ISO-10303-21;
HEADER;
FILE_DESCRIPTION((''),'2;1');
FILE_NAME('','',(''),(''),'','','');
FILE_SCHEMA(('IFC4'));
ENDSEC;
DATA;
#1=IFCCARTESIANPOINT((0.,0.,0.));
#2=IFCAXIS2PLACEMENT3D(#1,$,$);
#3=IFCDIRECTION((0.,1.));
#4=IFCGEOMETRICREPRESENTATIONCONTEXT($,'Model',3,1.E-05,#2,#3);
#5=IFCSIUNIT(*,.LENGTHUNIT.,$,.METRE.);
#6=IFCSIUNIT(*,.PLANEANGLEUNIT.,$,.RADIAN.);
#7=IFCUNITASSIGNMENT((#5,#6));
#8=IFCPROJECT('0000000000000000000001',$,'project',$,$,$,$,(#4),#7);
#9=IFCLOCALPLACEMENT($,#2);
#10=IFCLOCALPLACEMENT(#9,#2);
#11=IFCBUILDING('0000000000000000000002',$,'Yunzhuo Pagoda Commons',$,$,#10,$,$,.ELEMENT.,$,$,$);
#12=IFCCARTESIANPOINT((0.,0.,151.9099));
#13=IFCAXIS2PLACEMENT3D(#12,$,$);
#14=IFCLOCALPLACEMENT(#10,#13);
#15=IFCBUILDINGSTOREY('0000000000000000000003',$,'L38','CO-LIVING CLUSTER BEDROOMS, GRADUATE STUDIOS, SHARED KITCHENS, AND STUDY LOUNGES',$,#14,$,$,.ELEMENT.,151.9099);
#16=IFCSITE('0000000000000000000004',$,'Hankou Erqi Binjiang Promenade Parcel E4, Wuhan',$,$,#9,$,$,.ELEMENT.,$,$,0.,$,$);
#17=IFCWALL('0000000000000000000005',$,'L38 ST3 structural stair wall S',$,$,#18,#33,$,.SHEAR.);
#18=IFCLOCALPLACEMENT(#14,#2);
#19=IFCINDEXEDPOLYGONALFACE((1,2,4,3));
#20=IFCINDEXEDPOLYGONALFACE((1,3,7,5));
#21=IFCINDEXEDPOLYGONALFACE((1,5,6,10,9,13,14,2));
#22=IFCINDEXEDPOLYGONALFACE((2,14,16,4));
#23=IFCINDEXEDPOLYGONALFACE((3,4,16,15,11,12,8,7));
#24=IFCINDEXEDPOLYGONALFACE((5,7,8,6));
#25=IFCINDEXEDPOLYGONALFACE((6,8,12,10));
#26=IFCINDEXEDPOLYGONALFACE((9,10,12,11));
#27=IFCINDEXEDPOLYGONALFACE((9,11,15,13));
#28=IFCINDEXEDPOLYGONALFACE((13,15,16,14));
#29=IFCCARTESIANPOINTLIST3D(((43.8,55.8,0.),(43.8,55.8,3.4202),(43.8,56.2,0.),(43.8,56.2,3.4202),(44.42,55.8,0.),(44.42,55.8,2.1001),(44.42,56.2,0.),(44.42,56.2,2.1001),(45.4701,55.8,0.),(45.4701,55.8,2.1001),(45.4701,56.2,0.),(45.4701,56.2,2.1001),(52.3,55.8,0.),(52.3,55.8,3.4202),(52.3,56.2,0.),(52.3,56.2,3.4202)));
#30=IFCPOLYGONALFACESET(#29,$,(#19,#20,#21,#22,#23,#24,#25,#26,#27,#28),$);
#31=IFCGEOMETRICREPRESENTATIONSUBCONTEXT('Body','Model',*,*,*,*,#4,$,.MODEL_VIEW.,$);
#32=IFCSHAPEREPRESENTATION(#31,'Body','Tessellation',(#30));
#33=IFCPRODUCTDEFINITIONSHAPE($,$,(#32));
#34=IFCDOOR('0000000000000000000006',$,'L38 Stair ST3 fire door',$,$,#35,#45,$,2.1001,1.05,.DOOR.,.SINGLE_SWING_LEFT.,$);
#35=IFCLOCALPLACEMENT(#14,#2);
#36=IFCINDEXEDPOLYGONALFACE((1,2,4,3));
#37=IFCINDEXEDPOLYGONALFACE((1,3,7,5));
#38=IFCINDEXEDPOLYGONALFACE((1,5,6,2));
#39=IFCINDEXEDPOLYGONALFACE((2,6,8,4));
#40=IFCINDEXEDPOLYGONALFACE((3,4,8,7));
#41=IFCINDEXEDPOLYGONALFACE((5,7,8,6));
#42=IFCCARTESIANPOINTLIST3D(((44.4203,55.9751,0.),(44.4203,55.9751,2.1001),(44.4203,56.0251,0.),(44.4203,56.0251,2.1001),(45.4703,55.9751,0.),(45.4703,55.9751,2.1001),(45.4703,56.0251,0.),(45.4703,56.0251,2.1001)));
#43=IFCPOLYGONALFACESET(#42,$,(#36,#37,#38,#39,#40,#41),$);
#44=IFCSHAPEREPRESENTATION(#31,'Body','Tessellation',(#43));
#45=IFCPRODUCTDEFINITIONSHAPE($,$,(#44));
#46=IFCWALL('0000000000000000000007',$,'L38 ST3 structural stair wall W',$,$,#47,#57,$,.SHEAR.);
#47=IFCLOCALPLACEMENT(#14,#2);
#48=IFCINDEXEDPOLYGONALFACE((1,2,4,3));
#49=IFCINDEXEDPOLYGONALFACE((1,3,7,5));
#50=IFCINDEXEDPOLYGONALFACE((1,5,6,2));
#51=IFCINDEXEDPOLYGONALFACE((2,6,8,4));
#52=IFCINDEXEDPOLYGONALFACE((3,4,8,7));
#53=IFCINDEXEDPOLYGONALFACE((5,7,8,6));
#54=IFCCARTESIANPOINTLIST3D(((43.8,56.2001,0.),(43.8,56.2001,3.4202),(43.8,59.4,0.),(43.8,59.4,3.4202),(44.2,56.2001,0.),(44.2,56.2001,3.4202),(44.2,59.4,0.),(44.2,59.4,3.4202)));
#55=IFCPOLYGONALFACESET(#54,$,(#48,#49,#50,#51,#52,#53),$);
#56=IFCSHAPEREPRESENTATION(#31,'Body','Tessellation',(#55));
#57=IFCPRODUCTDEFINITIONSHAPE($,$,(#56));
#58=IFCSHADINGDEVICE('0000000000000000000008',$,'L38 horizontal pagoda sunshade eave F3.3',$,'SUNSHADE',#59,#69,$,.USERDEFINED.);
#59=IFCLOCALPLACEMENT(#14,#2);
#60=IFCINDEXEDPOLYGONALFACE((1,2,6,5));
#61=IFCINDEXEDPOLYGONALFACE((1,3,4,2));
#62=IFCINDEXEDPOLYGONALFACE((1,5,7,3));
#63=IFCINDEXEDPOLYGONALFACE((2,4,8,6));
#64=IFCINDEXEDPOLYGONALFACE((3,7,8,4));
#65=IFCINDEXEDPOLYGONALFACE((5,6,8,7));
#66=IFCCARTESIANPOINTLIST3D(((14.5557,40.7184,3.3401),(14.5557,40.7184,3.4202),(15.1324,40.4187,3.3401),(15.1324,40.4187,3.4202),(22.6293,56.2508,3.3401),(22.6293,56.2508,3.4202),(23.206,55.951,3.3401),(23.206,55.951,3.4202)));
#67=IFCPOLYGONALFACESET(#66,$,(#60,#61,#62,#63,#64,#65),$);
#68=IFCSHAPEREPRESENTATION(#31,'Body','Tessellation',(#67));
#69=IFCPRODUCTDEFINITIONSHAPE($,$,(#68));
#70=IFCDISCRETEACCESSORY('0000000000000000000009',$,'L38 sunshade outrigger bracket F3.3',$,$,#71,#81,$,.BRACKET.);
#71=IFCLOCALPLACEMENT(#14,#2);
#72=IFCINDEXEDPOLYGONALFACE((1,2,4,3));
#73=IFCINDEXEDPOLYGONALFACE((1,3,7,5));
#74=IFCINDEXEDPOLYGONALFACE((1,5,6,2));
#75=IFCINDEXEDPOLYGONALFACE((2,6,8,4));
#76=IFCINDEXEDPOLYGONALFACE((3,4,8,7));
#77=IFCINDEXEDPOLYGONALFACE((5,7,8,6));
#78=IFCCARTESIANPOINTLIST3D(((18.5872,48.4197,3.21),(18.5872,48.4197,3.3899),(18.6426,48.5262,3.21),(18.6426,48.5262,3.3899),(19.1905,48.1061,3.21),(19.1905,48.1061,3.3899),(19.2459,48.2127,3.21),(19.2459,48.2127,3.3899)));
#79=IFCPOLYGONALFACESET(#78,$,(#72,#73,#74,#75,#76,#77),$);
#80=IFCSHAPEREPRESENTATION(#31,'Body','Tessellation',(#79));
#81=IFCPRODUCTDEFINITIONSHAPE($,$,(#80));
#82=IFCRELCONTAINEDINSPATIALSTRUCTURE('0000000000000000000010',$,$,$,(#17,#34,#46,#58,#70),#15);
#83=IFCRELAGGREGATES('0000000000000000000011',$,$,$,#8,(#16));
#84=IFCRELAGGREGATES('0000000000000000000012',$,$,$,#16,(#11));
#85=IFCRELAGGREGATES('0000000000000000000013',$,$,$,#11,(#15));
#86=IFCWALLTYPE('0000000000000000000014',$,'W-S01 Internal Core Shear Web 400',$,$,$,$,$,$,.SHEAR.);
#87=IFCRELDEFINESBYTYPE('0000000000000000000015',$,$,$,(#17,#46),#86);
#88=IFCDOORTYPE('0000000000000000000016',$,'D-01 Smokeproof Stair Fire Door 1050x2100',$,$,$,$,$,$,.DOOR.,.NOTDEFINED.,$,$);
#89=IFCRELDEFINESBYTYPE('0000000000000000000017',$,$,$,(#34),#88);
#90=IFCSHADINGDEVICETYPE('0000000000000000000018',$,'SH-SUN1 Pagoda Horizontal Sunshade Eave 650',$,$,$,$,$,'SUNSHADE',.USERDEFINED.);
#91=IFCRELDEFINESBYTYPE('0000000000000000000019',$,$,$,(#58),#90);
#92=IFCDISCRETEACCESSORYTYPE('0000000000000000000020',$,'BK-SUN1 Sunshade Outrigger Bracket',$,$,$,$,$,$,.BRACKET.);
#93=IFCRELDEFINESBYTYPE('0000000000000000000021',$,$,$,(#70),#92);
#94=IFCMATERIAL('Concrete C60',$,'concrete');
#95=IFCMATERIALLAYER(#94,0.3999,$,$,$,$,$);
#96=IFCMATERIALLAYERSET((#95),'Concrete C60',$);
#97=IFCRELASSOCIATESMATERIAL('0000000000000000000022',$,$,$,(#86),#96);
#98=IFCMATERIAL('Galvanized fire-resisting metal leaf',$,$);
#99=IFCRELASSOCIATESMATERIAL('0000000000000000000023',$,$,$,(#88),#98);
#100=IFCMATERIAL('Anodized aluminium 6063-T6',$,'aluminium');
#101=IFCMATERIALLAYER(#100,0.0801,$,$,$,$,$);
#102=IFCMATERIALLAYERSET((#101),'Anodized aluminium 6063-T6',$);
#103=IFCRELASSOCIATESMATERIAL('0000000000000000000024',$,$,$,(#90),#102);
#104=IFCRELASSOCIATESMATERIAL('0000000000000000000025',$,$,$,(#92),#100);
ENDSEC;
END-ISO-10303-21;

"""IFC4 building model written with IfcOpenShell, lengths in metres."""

from ifc_helpers import new_model, si_unit, direction, frame, frame_2d, origin, origin_2d, place, context, subcontext, project, spatial, rectangle, extrude, source, transform, mapped, material, layer, layer_set, type_object, element, fill, save


model = new_model("IFC4")

# Units and contexts
model_context = context("Model", 3, precision=1e-05, world=origin(), true_north=direction((0.0, 1.0)))
body_context = subcontext(model_context, "Body", "Model", "MODEL_VIEW")
ifc_project = project(units=[si_unit("LENGTHUNIT", "METRE"), si_unit("PLANEANGLEUNIT", "RADIAN")], contexts=[model_context])

# Site, building, storey
site_placement = place(None, origin())
site = spatial("IfcSite", under=ifc_project, at=site_placement, Name="Hankou Erqi Binjiang Promenade Parcel E4, Wuhan", CompositionType="ELEMENT", RefElevation=0.0)
building_placement = place(site_placement, origin())
building = spatial("IfcBuilding", under=site, at=building_placement, Name="Yunzhuo Pagoda Commons", CompositionType="ELEMENT")
storey_placement = place(building_placement, frame((0.0, 0.0, 151.9099)))
storey = spatial("IfcBuildingStorey", under=building, at=storey_placement, Name="L38", Description="CO-LIVING CLUSTER BEDROOMS, GRADUATE STUDIOS, SHARED KITCHENS, AND STUDY LOUNGES", CompositionType="ELEMENT", Elevation=151.9099)

# Shared definitions
ifc_material_1 = material(Name="Anodized aluminium 6063-T6", Category="aluminium")

# Shared definitions
ifc_material_2 = material(Name="Galvanized fire-resisting metal leaf")

# Wall, opening, door
ifc_material_3 = material(Name="Concrete C60", Category="concrete")
ifc_layer_1 = layer(ifc_material_3, 0.3999)
ifc_layer_set_1 = layer_set([ifc_layer_1], Name="Concrete C60")
wall_type_1 = type_object("IfcWallType", Name="W-S01 Internal Core Shear Web 400", PredefinedType="SHEAR", material=ifc_layer_set_1)
wall_1_placement = place(storey_placement, frame((43.8, 56.0, 0.0), z_axis=(0.0, 0.0, 1.0), x_axis=(1.0, 0.0, 0.0)))
wall_1 = element("IfcWall", 1, at=wall_1_placement, inside=storey, type_object=wall_type_1, Name="L38 ST3 structural stair wall S", PredefinedType="SHEAR", context=body_context, shape_type="SweptSolid", body=[
    extrude(rectangle(XDim=8.5, YDim=0.3999, at=frame_2d((4.25, 0.0))), origin(), (0.0, 0.0, 1.0), 3.4202),
])
opening_1_placement = place(wall_1_placement, frame((0.6201, 0.0, 0.0)))
opening_1 = element("IfcOpeningElement", 2, at=opening_1_placement, cuts=wall_1, PredefinedType="OPENING", context=body_context, shape_type="SweptSolid", body=[
    extrude(rectangle(XDim=1.05, YDim=2.1001, at=frame_2d((0.5249, 1.05))), frame((0.0, 0.21, 0.0), z_axis=(0.0, -1.0, 0.0), x_axis=(1.0, 0.0, 0.0)), (0.0, 0.0, 1.0), 0.4199),
])
door_type_1 = type_object("IfcDoorType", Name="D-01 Smokeproof Stair Fire Door 1050x2100", OperationType="NOTDEFINED", PredefinedType="DOOR", material=ifc_material_2)
shared_shape_1 = source(origin(), body_context, "Body", "SweptSolid", [
    extrude(rectangle(XDim=1.05, YDim=2.1001, at=frame_2d((0.5249, 1.05))), frame((0.0, 0.0249, 0.0), z_axis=(0.0, -1.0, 0.0), x_axis=(1.0, 0.0, 0.0)), (0.0, 0.0, 1.0), 0.05),
])
door_1_placement = place(opening_1_placement, frame((1.05, 0.0, 0.0), z_axis=(0.0, 0.0, 1.0), x_axis=(-1.0, 0.0, 0.0)))
door_1 = element("IfcDoor", 3, at=door_1_placement, inside=storey, type_object=door_type_1, Name="L38 Stair ST3 fire door", OperationType="SINGLE_SWING_LEFT", OverallHeight=2.1001, OverallWidth=1.05, PredefinedType="DOOR", context=body_context, shape_type="MappedRepresentation", body=[
    mapped(shared_shape_1, transform((0.0, 0.0, 0.0), scale=1.0)),
])
fill(opening_1, door_1)

# Wall
wall_2_placement = place(storey_placement, frame((44.0, 56.2, 0.0), z_axis=(0.0, 0.0, 1.0), x_axis=(0.0, 1.0, 0.0)))
element("IfcWall", 4, at=wall_2_placement, inside=storey, type_object=wall_type_1, Name="L38 ST3 structural stair wall W", PredefinedType="SHEAR", context=body_context, shape_type="SweptSolid", body=[
    extrude(rectangle(XDim=3.2, YDim=0.3999, at=frame_2d((1.6001, 0.0))), origin(), (0.0, 0.0, 1.0), 3.4202),
])

# Shading device
ifc_layer_2 = layer(ifc_material_1, 0.0801)
ifc_layer_set_2 = layer_set([ifc_layer_2], Name="Anodized aluminium 6063-T6")
shading_device_type = type_object("IfcShadingDeviceType", Name="SH-SUN1 Pagoda Horizontal Sunshade Eave 650", ElementType="SUNSHADE", PredefinedType="USERDEFINED", material=ifc_layer_set_2)
shared_shape_2 = source(origin(), body_context, "Body", "SweptSolid", [
    extrude(rectangle(XDim=17.5054, YDim=0.6499, at=origin_2d()), origin(), (0.0, 0.0, 1.0), 0.0801),
])
shading_device_placement = place(storey_placement, frame((18.8809, 48.3347, 3.3401), z_axis=(0.0, 0.0, 1.0), x_axis=(-0.461207, -0.887293, 0.0)))
element("IfcShadingDevice", 5, at=shading_device_placement, inside=storey, type_object=shading_device_type, Name="L38 horizontal pagoda sunshade eave F3.3", ObjectType="SUNSHADE", PredefinedType="USERDEFINED", context=body_context, shape_type="MappedRepresentation", body=[
    mapped(shared_shape_2, transform((0.0, 0.0, 0.0), scale=1.0)),
])

# Discrete accessory
discrete_accessory_type = type_object("IfcDiscreteAccessoryType", Name="BK-SUN1 Sunshade Outrigger Bracket", PredefinedType="BRACKET", material=ifc_material_1)
shared_shape_3 = source(origin(), body_context, "Body", "SweptSolid", [
    extrude(rectangle(XDim=0.1201, YDim=0.6799, at=origin_2d()), origin(), (0.0, 0.0, 1.0), 0.1799),
])
discrete_accessory_placement = place(storey_placement, frame((18.9165, 48.3162, 3.21), z_axis=(0.0, 0.0, 1.0), x_axis=(-0.461207, -0.887293, 0.0)))
element("IfcDiscreteAccessory", 6, at=discrete_accessory_placement, inside=storey, type_object=discrete_accessory_type, Name="L38 sunshade outrigger bracket F3.3", PredefinedType="BRACKET", context=body_context, shape_type="MappedRepresentation", body=[
    mapped(shared_shape_3, transform((0.0, 0.0, 0.0), scale=1.0)),
])

save(model, "model.ifc")
